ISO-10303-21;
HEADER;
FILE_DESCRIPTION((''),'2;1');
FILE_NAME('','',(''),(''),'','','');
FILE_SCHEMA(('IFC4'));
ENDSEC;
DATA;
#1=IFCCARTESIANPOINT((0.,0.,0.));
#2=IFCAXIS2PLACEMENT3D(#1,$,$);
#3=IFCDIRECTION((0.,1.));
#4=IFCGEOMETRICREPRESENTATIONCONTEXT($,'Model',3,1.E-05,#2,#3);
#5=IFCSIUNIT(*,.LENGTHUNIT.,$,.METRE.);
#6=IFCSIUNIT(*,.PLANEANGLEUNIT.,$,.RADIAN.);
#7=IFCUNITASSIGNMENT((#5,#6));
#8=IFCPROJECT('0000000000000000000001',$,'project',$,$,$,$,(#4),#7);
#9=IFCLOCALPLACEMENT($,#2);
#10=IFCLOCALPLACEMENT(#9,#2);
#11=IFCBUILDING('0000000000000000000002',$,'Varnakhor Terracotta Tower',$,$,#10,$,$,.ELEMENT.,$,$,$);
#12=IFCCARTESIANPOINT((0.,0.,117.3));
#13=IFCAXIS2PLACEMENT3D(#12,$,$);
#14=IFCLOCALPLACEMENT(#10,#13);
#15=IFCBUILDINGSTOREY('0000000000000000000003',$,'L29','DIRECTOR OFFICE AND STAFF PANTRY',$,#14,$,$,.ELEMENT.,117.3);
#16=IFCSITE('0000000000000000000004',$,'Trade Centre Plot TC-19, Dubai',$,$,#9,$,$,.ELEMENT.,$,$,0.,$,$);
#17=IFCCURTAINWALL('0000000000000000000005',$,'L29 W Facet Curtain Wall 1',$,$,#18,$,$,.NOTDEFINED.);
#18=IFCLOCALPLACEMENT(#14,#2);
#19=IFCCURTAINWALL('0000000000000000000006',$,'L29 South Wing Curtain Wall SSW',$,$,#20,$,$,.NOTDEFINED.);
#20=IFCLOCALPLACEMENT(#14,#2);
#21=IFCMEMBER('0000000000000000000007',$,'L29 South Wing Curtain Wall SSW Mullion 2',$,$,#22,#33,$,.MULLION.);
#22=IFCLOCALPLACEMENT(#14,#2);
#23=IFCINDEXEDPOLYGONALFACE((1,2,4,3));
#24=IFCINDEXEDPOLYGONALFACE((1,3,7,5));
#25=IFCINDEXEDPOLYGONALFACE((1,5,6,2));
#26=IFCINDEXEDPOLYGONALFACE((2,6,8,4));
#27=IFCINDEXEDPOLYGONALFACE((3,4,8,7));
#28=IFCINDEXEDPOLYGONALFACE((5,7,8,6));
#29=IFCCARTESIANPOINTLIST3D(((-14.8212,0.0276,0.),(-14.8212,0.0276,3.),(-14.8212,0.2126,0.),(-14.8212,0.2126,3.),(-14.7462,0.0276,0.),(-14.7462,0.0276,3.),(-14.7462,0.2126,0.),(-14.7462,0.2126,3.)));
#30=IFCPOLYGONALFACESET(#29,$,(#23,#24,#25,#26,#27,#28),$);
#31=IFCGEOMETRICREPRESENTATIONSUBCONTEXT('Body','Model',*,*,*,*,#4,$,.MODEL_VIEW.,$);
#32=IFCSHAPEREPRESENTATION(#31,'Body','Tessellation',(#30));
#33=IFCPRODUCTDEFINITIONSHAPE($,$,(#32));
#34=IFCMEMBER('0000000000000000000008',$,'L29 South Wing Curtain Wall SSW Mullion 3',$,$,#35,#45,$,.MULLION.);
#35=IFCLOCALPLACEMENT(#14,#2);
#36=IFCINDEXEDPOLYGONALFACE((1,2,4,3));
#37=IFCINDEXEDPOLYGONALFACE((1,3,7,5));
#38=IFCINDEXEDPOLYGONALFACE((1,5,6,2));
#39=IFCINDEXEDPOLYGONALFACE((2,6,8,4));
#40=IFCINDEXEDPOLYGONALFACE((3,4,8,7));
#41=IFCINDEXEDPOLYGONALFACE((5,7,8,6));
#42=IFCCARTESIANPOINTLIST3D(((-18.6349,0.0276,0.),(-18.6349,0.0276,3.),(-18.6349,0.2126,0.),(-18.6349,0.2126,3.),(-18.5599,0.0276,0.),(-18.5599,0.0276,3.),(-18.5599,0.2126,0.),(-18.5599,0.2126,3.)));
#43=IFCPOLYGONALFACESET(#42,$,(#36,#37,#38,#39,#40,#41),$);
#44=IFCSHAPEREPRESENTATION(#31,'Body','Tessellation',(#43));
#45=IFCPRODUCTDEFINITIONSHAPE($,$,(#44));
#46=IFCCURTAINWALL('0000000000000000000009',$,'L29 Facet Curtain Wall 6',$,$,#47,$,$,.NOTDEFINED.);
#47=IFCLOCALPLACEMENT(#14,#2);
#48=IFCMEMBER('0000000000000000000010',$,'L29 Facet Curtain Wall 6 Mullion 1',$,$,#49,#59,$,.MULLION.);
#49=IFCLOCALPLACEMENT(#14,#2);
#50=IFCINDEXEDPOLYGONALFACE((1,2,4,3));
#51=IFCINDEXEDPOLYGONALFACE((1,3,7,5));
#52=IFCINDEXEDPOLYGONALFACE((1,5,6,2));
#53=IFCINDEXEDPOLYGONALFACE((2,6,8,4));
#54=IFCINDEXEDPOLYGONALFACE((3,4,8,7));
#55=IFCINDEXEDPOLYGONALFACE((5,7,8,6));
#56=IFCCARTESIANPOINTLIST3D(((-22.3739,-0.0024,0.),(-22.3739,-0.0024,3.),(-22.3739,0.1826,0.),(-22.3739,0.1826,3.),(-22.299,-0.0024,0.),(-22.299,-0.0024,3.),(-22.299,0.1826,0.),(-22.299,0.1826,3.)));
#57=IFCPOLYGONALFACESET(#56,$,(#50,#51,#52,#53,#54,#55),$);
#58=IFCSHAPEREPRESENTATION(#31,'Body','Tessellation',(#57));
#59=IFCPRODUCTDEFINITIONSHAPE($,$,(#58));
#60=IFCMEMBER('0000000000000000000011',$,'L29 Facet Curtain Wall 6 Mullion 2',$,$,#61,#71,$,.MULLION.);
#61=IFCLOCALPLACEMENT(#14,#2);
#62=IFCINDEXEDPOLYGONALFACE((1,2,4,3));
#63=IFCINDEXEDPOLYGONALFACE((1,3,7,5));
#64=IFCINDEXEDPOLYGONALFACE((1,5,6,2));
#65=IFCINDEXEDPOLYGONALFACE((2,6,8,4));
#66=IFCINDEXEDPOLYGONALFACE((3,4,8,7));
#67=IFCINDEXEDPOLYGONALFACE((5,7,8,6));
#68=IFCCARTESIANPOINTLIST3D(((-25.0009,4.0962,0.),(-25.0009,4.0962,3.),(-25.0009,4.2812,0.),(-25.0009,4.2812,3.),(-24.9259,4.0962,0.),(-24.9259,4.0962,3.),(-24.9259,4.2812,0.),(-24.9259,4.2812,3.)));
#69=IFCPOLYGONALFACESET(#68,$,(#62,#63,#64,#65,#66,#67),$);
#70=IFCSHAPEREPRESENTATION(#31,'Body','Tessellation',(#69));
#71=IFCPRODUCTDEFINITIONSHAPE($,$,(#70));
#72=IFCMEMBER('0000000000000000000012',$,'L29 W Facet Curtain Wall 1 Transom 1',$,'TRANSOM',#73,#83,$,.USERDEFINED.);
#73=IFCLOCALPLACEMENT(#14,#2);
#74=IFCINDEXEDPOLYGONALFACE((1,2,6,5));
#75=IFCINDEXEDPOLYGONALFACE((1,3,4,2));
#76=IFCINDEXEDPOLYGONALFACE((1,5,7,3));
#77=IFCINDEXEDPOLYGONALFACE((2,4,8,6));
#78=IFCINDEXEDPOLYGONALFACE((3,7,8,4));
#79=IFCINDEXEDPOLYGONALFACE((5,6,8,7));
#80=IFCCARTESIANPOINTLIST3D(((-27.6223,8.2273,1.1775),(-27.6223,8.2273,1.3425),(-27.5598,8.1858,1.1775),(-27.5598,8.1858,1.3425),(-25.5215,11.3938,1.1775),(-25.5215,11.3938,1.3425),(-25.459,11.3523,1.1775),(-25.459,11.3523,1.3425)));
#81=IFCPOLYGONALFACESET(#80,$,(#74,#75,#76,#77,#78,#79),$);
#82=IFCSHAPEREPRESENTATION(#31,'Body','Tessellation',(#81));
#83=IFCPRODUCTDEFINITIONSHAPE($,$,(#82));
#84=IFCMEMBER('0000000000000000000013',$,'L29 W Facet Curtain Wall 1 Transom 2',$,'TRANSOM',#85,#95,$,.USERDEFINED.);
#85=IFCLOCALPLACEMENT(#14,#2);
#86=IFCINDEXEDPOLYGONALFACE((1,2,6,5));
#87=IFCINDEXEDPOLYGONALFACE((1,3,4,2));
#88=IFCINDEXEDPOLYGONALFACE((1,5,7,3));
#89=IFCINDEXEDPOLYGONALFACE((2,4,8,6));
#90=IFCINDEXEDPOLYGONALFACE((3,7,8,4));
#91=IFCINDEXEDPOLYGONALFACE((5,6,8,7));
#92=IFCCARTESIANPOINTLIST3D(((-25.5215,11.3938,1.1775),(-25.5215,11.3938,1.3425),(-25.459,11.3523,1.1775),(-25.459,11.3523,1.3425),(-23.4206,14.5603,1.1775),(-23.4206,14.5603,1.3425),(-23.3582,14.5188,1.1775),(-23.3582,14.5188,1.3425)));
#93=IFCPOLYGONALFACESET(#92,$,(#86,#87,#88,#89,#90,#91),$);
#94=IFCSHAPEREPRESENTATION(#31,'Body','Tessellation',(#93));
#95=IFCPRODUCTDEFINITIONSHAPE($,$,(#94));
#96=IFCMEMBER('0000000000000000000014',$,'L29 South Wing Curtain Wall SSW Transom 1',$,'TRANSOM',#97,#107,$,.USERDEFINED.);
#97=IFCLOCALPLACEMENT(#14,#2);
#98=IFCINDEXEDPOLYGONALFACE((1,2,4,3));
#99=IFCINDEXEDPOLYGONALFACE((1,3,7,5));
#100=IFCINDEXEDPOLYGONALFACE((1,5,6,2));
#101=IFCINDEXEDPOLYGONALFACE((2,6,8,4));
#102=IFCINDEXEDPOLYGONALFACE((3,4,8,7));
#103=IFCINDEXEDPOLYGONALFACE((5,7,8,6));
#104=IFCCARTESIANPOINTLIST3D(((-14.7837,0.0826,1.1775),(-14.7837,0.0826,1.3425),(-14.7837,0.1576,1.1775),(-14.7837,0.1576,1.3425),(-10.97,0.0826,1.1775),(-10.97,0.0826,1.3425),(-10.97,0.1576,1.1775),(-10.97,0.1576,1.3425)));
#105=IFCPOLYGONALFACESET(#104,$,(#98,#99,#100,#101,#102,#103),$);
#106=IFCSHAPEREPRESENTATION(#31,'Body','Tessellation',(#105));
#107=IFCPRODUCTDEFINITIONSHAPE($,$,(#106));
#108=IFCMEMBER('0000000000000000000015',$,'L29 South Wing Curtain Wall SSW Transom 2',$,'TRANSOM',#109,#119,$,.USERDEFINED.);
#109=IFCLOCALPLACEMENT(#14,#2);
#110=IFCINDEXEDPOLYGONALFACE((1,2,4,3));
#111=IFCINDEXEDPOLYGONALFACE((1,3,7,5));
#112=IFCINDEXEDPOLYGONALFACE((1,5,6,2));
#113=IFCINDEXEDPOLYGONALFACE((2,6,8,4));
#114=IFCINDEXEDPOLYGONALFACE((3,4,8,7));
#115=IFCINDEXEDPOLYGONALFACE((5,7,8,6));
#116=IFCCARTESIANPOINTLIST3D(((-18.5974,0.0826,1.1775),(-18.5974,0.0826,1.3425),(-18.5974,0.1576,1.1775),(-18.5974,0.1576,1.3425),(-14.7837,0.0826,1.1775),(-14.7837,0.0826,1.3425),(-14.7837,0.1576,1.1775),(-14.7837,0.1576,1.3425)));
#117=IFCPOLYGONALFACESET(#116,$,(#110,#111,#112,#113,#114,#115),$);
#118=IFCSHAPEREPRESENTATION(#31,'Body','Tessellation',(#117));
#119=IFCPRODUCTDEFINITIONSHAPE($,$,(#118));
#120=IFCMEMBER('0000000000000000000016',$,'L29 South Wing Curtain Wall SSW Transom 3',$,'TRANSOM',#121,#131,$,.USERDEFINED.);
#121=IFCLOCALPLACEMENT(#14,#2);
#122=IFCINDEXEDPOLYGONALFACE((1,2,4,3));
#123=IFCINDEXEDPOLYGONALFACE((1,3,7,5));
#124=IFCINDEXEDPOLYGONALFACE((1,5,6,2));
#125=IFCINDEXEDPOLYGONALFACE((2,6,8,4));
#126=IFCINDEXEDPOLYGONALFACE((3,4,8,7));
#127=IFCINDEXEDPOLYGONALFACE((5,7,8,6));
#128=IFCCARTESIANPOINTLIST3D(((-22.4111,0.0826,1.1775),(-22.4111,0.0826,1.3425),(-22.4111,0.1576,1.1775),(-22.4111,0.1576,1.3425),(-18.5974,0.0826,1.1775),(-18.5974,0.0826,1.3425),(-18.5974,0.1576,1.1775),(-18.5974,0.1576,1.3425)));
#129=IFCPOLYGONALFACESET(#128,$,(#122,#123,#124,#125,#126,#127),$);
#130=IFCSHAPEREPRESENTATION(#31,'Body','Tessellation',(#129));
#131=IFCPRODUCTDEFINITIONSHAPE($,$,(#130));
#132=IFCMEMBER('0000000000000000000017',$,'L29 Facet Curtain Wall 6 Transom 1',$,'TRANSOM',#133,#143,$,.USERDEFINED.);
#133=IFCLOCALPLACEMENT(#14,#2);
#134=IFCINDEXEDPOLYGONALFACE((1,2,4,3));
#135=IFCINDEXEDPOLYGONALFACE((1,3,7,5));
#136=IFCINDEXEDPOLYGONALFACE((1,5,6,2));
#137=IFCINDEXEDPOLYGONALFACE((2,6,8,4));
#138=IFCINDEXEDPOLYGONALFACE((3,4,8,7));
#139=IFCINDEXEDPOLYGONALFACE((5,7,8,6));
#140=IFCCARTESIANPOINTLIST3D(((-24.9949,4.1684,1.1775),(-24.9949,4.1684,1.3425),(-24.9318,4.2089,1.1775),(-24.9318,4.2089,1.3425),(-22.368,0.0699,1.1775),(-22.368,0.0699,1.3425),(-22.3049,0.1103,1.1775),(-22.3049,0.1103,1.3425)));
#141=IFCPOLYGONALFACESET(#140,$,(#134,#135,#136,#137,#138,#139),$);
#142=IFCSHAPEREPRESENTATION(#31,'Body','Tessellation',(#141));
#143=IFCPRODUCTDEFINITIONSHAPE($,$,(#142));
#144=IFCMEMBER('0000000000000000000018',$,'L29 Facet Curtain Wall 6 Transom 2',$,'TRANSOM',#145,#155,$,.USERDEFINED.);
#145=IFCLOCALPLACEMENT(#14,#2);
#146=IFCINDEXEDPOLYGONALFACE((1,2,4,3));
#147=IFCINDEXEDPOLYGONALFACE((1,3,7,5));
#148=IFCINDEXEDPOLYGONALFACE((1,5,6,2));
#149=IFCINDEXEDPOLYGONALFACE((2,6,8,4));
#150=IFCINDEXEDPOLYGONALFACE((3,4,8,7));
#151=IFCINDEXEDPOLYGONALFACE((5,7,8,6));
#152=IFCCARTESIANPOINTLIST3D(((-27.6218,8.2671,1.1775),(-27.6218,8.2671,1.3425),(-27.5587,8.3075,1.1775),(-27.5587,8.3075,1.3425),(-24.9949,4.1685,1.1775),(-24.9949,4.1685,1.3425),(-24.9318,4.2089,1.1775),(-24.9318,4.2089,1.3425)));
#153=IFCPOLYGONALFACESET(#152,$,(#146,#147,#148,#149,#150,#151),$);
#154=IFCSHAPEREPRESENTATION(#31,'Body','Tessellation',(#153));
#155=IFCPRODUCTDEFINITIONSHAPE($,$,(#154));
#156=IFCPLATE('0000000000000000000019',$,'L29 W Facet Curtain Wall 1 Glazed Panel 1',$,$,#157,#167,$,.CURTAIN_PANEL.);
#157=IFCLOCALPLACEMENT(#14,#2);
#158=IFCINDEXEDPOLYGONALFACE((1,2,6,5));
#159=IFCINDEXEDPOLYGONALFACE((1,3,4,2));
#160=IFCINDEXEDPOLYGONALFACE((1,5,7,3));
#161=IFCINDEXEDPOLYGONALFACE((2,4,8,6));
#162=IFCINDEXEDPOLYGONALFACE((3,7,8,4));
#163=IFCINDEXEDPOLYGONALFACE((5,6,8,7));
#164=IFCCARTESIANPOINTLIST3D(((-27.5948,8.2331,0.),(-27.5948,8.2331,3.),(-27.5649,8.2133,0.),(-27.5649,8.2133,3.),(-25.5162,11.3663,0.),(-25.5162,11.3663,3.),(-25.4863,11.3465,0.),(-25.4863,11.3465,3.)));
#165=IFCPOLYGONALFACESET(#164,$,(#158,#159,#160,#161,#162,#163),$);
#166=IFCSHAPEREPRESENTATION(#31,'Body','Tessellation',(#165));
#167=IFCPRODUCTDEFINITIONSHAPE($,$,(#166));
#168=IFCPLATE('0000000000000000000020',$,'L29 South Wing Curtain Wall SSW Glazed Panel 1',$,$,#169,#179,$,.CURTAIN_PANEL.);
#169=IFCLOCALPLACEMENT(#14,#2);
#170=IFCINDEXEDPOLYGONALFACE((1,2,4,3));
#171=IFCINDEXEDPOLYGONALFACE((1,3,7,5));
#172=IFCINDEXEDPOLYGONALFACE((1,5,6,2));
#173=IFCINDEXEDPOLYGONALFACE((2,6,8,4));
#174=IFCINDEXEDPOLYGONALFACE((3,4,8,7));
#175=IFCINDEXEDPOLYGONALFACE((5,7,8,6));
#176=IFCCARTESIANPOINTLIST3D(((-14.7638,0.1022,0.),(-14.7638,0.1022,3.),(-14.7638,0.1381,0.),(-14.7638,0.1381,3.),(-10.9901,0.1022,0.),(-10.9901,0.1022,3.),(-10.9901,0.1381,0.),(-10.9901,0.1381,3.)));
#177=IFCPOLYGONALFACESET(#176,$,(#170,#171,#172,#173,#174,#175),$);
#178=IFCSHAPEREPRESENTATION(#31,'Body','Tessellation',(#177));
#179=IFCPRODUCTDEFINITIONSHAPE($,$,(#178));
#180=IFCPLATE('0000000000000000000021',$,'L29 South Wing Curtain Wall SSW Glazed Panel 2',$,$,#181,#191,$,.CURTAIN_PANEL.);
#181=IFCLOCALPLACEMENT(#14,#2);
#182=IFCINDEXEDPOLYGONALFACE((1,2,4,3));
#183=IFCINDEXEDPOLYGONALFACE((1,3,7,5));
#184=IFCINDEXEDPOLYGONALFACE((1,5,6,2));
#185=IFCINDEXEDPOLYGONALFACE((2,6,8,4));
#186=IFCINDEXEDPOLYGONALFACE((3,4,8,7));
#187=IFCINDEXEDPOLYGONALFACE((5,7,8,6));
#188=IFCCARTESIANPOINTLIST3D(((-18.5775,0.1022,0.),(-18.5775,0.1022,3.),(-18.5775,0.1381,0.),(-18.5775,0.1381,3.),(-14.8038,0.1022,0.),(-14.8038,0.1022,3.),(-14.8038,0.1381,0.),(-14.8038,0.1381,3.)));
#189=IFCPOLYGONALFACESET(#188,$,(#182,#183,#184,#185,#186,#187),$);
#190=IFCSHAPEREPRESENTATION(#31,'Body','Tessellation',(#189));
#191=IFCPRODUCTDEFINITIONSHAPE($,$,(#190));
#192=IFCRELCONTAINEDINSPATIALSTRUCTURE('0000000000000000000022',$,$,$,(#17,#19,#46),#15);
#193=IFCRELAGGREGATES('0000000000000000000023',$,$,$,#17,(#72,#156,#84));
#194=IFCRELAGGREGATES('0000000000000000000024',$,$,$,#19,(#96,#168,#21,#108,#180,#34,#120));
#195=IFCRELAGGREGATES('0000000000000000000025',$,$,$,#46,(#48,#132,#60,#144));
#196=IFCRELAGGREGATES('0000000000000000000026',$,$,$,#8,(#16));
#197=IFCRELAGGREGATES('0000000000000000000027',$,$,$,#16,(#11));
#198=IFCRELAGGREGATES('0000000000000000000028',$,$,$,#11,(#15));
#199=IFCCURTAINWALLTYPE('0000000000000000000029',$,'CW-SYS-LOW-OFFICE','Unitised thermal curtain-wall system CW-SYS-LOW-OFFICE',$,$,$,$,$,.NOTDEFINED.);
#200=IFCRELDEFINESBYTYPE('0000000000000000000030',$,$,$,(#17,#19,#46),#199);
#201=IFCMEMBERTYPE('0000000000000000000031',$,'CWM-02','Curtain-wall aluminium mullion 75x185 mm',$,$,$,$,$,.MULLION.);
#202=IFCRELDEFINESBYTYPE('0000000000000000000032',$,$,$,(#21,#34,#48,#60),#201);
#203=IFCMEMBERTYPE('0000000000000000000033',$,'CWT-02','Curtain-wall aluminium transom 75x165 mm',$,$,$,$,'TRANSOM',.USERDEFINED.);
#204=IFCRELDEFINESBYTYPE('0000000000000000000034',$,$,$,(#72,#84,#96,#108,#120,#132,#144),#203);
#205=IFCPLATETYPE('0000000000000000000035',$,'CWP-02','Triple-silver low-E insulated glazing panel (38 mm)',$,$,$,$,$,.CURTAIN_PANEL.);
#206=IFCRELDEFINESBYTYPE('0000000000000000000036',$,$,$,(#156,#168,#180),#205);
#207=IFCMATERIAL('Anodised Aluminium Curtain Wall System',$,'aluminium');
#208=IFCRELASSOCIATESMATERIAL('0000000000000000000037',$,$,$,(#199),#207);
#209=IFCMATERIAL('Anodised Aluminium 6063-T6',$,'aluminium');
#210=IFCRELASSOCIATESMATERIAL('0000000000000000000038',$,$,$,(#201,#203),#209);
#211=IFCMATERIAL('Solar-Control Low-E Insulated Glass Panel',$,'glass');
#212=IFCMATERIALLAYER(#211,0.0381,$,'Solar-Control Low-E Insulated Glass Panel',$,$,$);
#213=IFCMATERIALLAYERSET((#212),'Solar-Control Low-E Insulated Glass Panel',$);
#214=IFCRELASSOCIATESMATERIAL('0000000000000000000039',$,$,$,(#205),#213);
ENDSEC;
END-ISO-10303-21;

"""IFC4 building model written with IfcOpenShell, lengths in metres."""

from ifc_helpers import new_model, si_unit, direction, frame, origin, origin_2d, place, context, subcontext, project, spatial, rectangle, extrude, source, transform, mapped, material, layer, layer_set, material_profile, profile_set, type_object, element, aggregate, save


model = new_model("IFC4")

# Units and contexts
model_context = context("Model", 3, precision=1e-05, world=origin(), true_north=direction((0.0, 1.0)))
body_context = subcontext(model_context, "Body", "Model", "MODEL_VIEW")
ifc_project = project(units=[si_unit("LENGTHUNIT", "METRE"), si_unit("PLANEANGLEUNIT", "RADIAN")], contexts=[model_context])

# Site, building, storey
site_placement = place(None, origin())
site = spatial("IfcSite", under=ifc_project, at=site_placement, Name="Trade Centre Plot TC-19, Dubai", CompositionType="ELEMENT", RefElevation=0.0)
building_placement = place(site_placement, origin())
building = spatial("IfcBuilding", under=site, at=building_placement, Name="Varnakhor Terracotta Tower", CompositionType="ELEMENT")
storey_placement = place(building_placement, frame((0.0, 0.0, 117.3)))
storey = spatial("IfcBuildingStorey", under=building, at=storey_placement, Name="L29", Description="DIRECTOR OFFICE AND STAFF PANTRY", CompositionType="ELEMENT", Elevation=117.3)

# Curtain walls, members
ifc_material_1 = material(Name="Anodised Aluminium Curtain Wall System", Category="aluminium")
curtain_wall_type = type_object("IfcCurtainWallType", Name="CW-SYS-LOW-OFFICE", Description="Unitised thermal curtain-wall system CW-SYS-LOW-OFFICE", PredefinedType="NOTDEFINED", material=ifc_material_1)
curtain_wall_1_placement = place(storey_placement, origin())
curtain_wall_1 = element("IfcCurtainWall", 1, at=curtain_wall_1_placement, inside=storey, type_object=curtain_wall_type, Name="L29 W Facet Curtain Wall 1", PredefinedType="NOTDEFINED")
ifc_material_2 = material(Name="Anodised Aluminium 6063-T6", Category="aluminium")
ifc_material_profile_1 = material_profile(ifc_material_2, rectangle(XDim=0.075, YDim=0.1851, at=origin_2d()), Name="ALU MULLION 75x185")
ifc_profile_set_1 = profile_set([ifc_material_profile_1], Name="Anodised Aluminium 6063-T6")
member_type_1 = type_object("IfcMemberType", Name="CWM-02", Description="Curtain-wall aluminium mullion 75x185 mm", PredefinedType="MULLION", material=ifc_profile_set_1)
shared_shape_1 = source(origin(), body_context, "Body", "SweptSolid", [
    extrude(rectangle(XDim=0.075, YDim=0.1851, at=origin_2d()), origin(), (0.0, 0.0, 1.0), 3.0),
])
curtain_wall_2_placement = place(storey_placement, origin())
curtain_wall_2 = element("IfcCurtainWall", 2, at=curtain_wall_2_placement, inside=storey, type_object=curtain_wall_type, Name="L29 South Wing Curtain Wall SSW", PredefinedType="NOTDEFINED")
member_1_placement = place(storey_placement, frame((-14.7837, 0.1201, 0.0), z_axis=(0.0, 0.0, 1.0), x_axis=(1.0, 0.0, 0.0)))
member_1 = element("IfcMember", 3, at=member_1_placement, type_object=member_type_1, Name="L29 South Wing Curtain Wall SSW Mullion 2", PredefinedType="MULLION", context=body_context, shape_type="MappedRepresentation", body=[
    mapped(shared_shape_1, transform((0.0, 0.0, 0.0), scale=1.0)),
])
member_2_placement = place(storey_placement, frame((-18.5974, 0.1201, 0.0), z_axis=(0.0, 0.0, 1.0), x_axis=(1.0, 0.0, 0.0)))
member_2 = element("IfcMember", 4, at=member_2_placement, type_object=member_type_1, Name="L29 South Wing Curtain Wall SSW Mullion 3", PredefinedType="MULLION", context=body_context, shape_type="MappedRepresentation", body=[
    mapped(shared_shape_1, transform((0.0, 0.0, 0.0), scale=1.0)),
])
curtain_wall_3_placement = place(storey_placement, origin())
curtain_wall_3 = element("IfcCurtainWall", 5, at=curtain_wall_3_placement, inside=storey, type_object=curtain_wall_type, Name="L29 Facet Curtain Wall 6", PredefinedType="NOTDEFINED")
member_3_placement = place(storey_placement, frame((-22.3364, 0.0901, 0.0), z_axis=(0.0, 0.0, 1.0), x_axis=(1.0, 0.0, 0.0)))
member_3 = element("IfcMember", 6, at=member_3_placement, type_object=member_type_1, Name="L29 Facet Curtain Wall 6 Mullion 1", PredefinedType="MULLION", context=body_context, shape_type="MappedRepresentation", body=[
    mapped(shared_shape_1, transform((0.0, 0.0, 0.0), scale=1.0)),
])
member_4_placement = place(storey_placement, frame((-24.9634, 4.1887, 0.0), z_axis=(0.0, 0.0, 1.0), x_axis=(1.0, 0.0, 0.0)))
member_4 = element("IfcMember", 7, at=member_4_placement, type_object=member_type_1, Name="L29 Facet Curtain Wall 6 Mullion 2", PredefinedType="MULLION", context=body_context, shape_type="MappedRepresentation", body=[
    mapped(shared_shape_1, transform((0.0, 0.0, 0.0), scale=1.0)),
])

# Members
ifc_material_profile_2 = material_profile(ifc_material_2, rectangle(XDim=0.075, YDim=0.165, at=origin_2d()), Name="ALU TRANSOM 75x165")
ifc_profile_set_2 = profile_set([ifc_material_profile_2], Name="Anodised Aluminium 6063-T6")
member_type_2 = type_object("IfcMemberType", Name="CWT-02", Description="Curtain-wall aluminium transom 75x165 mm", ElementType="TRANSOM", PredefinedType="USERDEFINED", material=ifc_profile_set_2)
shared_shape_2 = source(origin(), body_context, "Body", "SweptSolid", [
    extrude(rectangle(XDim=0.075, YDim=0.165, at=origin_2d()), origin(), (0.0, 0.0, 1.0), 3.8),
])
member_5_placement = place(storey_placement, frame((-27.5911, 8.2065, 1.26), z_axis=(0.552846, 0.833284, 0.0), x_axis=(-0.833284, 0.552846, 0.0)))
member_5 = element("IfcMember", 8, at=member_5_placement, type_object=member_type_2, Name="L29 W Facet Curtain Wall 1 Transom 1", ObjectType="TRANSOM", PredefinedType="USERDEFINED", context=body_context, shape_type="MappedRepresentation", body=[
    mapped(shared_shape_2, transform((0.0, 0.0, 0.0), scale=1.0)),
])
member_6_placement = place(storey_placement, frame((-25.4902, 11.373, 1.26), z_axis=(0.552846, 0.833284, 0.0), x_axis=(-0.833284, 0.552846, 0.0)))
member_6 = element("IfcMember", 9, at=member_6_placement, type_object=member_type_2, Name="L29 W Facet Curtain Wall 1 Transom 2", ObjectType="TRANSOM", PredefinedType="USERDEFINED", context=body_context, shape_type="MappedRepresentation", body=[
    mapped(shared_shape_2, transform((0.0, 0.0, 0.0), scale=1.0)),
])
shared_shape_3 = source(origin(), body_context, "Body", "SweptSolid", [
    extrude(rectangle(XDim=0.075, YDim=0.165, at=origin_2d()), origin(), (0.0, 0.0, 1.0), 3.8137),
])
member_7_placement = place(storey_placement, frame((-10.97, 0.1201, 1.26), z_axis=(-1.0, 0.0, 0.0), x_axis=(0.0, -1.0, 0.0)))
member_7 = element("IfcMember", 10, at=member_7_placement, type_object=member_type_2, Name="L29 South Wing Curtain Wall SSW Transom 1", ObjectType="TRANSOM", PredefinedType="USERDEFINED", context=body_context, shape_type="MappedRepresentation", body=[
    mapped(shared_shape_3, transform((0.0, 0.0, 0.0), scale=1.0)),
])
member_8_placement = place(storey_placement, frame((-14.7837, 0.1201, 1.26), z_axis=(-1.0, 0.0, 0.0), x_axis=(0.0, -1.0, 0.0)))
member_8 = element("IfcMember", 11, at=member_8_placement, type_object=member_type_2, Name="L29 South Wing Curtain Wall SSW Transom 2", ObjectType="TRANSOM", PredefinedType="USERDEFINED", context=body_context, shape_type="MappedRepresentation", body=[
    mapped(shared_shape_3, transform((0.0, 0.0, 0.0), scale=1.0)),
])
member_9_placement = place(storey_placement, frame((-18.5974, 0.1201, 1.26), z_axis=(-1.0, 0.0, 0.0), x_axis=(0.0, -1.0, 0.0)))
member_9 = element("IfcMember", 12, at=member_9_placement, type_object=member_type_2, Name="L29 South Wing Curtain Wall SSW Transom 3", ObjectType="TRANSOM", PredefinedType="USERDEFINED", context=body_context, shape_type="MappedRepresentation", body=[
    mapped(shared_shape_3, transform((0.0, 0.0, 0.0), scale=1.0)),
])
shared_shape_4 = source(origin(), body_context, "Body", "SweptSolid", [
    extrude(rectangle(XDim=0.075, YDim=0.165, at=origin_2d()), origin(), (0.0, 0.0, 1.0), 4.8682),
])
member_10_placement = place(storey_placement, frame((-22.3364, 0.0901, 1.26), z_axis=(-0.539611, 0.841914, 0.0), x_axis=(-0.841914, -0.539611, 0.0)))
member_10 = element("IfcMember", 13, at=member_10_placement, type_object=member_type_2, Name="L29 Facet Curtain Wall 6 Transom 1", ObjectType="TRANSOM", PredefinedType="USERDEFINED", context=body_context, shape_type="MappedRepresentation", body=[
    mapped(shared_shape_4, transform((0.0, 0.0, 0.0), scale=1.0)),
])
member_11_placement = place(storey_placement, frame((-24.9634, 4.1887, 1.26), z_axis=(-0.539611, 0.841914, 0.0), x_axis=(-0.841914, -0.539611, 0.0)))
member_11 = element("IfcMember", 14, at=member_11_placement, type_object=member_type_2, Name="L29 Facet Curtain Wall 6 Transom 2", ObjectType="TRANSOM", PredefinedType="USERDEFINED", context=body_context, shape_type="MappedRepresentation", body=[
    mapped(shared_shape_4, transform((0.0, 0.0, 0.0), scale=1.0)),
])

# Plates
ifc_material_3 = material(Name="Solar-Control Low-E Insulated Glass Panel", Category="glass")
ifc_layer_1 = layer(ifc_material_3, 0.0381, Name="Solar-Control Low-E Insulated Glass Panel")
ifc_layer_set_1 = layer_set([ifc_layer_1], Name="Solar-Control Low-E Insulated Glass Panel")
plate_type = type_object("IfcPlateType", Name="CWP-02", Description="Triple-silver low-E insulated glazing panel (38 mm)", PredefinedType="CURTAIN_PANEL", material=ifc_layer_set_1)
shared_shape_5 = source(origin(), body_context, "Body", "SweptSolid", [
    extrude(rectangle(XDim=3.76, YDim=0.0359, at=origin_2d()), origin(), (0.0, 0.0, 1.0), 3.0),
])
plate_1_placement = place(storey_placement, frame((-26.5405, 9.7898, 0.0), z_axis=(0.0, 0.0, 1.0), x_axis=(0.552824, 0.833298, 0.0)))
plate_1 = element("IfcPlate", 15, at=plate_1_placement, type_object=plate_type, Name="L29 W Facet Curtain Wall 1 Glazed Panel 1", PredefinedType="CURTAIN_PANEL", context=body_context, shape_type="MappedRepresentation", body=[
    mapped(shared_shape_5, transform((0.0, 0.0, 0.0), scale=1.0)),
])
aggregate(curtain_wall_1, [member_5, plate_1, member_6])
shared_shape_6 = source(origin(), body_context, "Body", "SweptSolid", [
    extrude(rectangle(XDim=3.7737, YDim=0.0359, at=origin_2d()), origin(), (0.0, 0.0, 1.0), 3.0),
])
plate_2_placement = place(storey_placement, frame((-12.877, 0.1201, 0.0), z_axis=(0.0, 0.0, 1.0), x_axis=(-1.0, 0.0, 0.0)))
plate_2 = element("IfcPlate", 16, at=plate_2_placement, type_object=plate_type, Name="L29 South Wing Curtain Wall SSW Glazed Panel 1", PredefinedType="CURTAIN_PANEL", context=body_context, shape_type="MappedRepresentation", body=[
    mapped(shared_shape_6, transform((0.0, 0.0, 0.0), scale=1.0)),
])
plate_3_placement = place(storey_placement, frame((-16.6907, 0.1201, 0.0), z_axis=(0.0, 0.0, 1.0), x_axis=(-1.0, 0.0, 0.0)))
plate_3 = element("IfcPlate", 17, at=plate_3_placement, type_object=plate_type, Name="L29 South Wing Curtain Wall SSW Glazed Panel 2", PredefinedType="CURTAIN_PANEL", context=body_context, shape_type="MappedRepresentation", body=[
    mapped(shared_shape_6, transform((0.0, 0.0, 0.0), scale=1.0)),
])
aggregate(curtain_wall_2, [member_7, plate_2, member_1, member_8, plate_3, member_2, member_9])
aggregate(curtain_wall_3, [member_3, member_10, member_4, member_11])

save(model, "model.ifc")
